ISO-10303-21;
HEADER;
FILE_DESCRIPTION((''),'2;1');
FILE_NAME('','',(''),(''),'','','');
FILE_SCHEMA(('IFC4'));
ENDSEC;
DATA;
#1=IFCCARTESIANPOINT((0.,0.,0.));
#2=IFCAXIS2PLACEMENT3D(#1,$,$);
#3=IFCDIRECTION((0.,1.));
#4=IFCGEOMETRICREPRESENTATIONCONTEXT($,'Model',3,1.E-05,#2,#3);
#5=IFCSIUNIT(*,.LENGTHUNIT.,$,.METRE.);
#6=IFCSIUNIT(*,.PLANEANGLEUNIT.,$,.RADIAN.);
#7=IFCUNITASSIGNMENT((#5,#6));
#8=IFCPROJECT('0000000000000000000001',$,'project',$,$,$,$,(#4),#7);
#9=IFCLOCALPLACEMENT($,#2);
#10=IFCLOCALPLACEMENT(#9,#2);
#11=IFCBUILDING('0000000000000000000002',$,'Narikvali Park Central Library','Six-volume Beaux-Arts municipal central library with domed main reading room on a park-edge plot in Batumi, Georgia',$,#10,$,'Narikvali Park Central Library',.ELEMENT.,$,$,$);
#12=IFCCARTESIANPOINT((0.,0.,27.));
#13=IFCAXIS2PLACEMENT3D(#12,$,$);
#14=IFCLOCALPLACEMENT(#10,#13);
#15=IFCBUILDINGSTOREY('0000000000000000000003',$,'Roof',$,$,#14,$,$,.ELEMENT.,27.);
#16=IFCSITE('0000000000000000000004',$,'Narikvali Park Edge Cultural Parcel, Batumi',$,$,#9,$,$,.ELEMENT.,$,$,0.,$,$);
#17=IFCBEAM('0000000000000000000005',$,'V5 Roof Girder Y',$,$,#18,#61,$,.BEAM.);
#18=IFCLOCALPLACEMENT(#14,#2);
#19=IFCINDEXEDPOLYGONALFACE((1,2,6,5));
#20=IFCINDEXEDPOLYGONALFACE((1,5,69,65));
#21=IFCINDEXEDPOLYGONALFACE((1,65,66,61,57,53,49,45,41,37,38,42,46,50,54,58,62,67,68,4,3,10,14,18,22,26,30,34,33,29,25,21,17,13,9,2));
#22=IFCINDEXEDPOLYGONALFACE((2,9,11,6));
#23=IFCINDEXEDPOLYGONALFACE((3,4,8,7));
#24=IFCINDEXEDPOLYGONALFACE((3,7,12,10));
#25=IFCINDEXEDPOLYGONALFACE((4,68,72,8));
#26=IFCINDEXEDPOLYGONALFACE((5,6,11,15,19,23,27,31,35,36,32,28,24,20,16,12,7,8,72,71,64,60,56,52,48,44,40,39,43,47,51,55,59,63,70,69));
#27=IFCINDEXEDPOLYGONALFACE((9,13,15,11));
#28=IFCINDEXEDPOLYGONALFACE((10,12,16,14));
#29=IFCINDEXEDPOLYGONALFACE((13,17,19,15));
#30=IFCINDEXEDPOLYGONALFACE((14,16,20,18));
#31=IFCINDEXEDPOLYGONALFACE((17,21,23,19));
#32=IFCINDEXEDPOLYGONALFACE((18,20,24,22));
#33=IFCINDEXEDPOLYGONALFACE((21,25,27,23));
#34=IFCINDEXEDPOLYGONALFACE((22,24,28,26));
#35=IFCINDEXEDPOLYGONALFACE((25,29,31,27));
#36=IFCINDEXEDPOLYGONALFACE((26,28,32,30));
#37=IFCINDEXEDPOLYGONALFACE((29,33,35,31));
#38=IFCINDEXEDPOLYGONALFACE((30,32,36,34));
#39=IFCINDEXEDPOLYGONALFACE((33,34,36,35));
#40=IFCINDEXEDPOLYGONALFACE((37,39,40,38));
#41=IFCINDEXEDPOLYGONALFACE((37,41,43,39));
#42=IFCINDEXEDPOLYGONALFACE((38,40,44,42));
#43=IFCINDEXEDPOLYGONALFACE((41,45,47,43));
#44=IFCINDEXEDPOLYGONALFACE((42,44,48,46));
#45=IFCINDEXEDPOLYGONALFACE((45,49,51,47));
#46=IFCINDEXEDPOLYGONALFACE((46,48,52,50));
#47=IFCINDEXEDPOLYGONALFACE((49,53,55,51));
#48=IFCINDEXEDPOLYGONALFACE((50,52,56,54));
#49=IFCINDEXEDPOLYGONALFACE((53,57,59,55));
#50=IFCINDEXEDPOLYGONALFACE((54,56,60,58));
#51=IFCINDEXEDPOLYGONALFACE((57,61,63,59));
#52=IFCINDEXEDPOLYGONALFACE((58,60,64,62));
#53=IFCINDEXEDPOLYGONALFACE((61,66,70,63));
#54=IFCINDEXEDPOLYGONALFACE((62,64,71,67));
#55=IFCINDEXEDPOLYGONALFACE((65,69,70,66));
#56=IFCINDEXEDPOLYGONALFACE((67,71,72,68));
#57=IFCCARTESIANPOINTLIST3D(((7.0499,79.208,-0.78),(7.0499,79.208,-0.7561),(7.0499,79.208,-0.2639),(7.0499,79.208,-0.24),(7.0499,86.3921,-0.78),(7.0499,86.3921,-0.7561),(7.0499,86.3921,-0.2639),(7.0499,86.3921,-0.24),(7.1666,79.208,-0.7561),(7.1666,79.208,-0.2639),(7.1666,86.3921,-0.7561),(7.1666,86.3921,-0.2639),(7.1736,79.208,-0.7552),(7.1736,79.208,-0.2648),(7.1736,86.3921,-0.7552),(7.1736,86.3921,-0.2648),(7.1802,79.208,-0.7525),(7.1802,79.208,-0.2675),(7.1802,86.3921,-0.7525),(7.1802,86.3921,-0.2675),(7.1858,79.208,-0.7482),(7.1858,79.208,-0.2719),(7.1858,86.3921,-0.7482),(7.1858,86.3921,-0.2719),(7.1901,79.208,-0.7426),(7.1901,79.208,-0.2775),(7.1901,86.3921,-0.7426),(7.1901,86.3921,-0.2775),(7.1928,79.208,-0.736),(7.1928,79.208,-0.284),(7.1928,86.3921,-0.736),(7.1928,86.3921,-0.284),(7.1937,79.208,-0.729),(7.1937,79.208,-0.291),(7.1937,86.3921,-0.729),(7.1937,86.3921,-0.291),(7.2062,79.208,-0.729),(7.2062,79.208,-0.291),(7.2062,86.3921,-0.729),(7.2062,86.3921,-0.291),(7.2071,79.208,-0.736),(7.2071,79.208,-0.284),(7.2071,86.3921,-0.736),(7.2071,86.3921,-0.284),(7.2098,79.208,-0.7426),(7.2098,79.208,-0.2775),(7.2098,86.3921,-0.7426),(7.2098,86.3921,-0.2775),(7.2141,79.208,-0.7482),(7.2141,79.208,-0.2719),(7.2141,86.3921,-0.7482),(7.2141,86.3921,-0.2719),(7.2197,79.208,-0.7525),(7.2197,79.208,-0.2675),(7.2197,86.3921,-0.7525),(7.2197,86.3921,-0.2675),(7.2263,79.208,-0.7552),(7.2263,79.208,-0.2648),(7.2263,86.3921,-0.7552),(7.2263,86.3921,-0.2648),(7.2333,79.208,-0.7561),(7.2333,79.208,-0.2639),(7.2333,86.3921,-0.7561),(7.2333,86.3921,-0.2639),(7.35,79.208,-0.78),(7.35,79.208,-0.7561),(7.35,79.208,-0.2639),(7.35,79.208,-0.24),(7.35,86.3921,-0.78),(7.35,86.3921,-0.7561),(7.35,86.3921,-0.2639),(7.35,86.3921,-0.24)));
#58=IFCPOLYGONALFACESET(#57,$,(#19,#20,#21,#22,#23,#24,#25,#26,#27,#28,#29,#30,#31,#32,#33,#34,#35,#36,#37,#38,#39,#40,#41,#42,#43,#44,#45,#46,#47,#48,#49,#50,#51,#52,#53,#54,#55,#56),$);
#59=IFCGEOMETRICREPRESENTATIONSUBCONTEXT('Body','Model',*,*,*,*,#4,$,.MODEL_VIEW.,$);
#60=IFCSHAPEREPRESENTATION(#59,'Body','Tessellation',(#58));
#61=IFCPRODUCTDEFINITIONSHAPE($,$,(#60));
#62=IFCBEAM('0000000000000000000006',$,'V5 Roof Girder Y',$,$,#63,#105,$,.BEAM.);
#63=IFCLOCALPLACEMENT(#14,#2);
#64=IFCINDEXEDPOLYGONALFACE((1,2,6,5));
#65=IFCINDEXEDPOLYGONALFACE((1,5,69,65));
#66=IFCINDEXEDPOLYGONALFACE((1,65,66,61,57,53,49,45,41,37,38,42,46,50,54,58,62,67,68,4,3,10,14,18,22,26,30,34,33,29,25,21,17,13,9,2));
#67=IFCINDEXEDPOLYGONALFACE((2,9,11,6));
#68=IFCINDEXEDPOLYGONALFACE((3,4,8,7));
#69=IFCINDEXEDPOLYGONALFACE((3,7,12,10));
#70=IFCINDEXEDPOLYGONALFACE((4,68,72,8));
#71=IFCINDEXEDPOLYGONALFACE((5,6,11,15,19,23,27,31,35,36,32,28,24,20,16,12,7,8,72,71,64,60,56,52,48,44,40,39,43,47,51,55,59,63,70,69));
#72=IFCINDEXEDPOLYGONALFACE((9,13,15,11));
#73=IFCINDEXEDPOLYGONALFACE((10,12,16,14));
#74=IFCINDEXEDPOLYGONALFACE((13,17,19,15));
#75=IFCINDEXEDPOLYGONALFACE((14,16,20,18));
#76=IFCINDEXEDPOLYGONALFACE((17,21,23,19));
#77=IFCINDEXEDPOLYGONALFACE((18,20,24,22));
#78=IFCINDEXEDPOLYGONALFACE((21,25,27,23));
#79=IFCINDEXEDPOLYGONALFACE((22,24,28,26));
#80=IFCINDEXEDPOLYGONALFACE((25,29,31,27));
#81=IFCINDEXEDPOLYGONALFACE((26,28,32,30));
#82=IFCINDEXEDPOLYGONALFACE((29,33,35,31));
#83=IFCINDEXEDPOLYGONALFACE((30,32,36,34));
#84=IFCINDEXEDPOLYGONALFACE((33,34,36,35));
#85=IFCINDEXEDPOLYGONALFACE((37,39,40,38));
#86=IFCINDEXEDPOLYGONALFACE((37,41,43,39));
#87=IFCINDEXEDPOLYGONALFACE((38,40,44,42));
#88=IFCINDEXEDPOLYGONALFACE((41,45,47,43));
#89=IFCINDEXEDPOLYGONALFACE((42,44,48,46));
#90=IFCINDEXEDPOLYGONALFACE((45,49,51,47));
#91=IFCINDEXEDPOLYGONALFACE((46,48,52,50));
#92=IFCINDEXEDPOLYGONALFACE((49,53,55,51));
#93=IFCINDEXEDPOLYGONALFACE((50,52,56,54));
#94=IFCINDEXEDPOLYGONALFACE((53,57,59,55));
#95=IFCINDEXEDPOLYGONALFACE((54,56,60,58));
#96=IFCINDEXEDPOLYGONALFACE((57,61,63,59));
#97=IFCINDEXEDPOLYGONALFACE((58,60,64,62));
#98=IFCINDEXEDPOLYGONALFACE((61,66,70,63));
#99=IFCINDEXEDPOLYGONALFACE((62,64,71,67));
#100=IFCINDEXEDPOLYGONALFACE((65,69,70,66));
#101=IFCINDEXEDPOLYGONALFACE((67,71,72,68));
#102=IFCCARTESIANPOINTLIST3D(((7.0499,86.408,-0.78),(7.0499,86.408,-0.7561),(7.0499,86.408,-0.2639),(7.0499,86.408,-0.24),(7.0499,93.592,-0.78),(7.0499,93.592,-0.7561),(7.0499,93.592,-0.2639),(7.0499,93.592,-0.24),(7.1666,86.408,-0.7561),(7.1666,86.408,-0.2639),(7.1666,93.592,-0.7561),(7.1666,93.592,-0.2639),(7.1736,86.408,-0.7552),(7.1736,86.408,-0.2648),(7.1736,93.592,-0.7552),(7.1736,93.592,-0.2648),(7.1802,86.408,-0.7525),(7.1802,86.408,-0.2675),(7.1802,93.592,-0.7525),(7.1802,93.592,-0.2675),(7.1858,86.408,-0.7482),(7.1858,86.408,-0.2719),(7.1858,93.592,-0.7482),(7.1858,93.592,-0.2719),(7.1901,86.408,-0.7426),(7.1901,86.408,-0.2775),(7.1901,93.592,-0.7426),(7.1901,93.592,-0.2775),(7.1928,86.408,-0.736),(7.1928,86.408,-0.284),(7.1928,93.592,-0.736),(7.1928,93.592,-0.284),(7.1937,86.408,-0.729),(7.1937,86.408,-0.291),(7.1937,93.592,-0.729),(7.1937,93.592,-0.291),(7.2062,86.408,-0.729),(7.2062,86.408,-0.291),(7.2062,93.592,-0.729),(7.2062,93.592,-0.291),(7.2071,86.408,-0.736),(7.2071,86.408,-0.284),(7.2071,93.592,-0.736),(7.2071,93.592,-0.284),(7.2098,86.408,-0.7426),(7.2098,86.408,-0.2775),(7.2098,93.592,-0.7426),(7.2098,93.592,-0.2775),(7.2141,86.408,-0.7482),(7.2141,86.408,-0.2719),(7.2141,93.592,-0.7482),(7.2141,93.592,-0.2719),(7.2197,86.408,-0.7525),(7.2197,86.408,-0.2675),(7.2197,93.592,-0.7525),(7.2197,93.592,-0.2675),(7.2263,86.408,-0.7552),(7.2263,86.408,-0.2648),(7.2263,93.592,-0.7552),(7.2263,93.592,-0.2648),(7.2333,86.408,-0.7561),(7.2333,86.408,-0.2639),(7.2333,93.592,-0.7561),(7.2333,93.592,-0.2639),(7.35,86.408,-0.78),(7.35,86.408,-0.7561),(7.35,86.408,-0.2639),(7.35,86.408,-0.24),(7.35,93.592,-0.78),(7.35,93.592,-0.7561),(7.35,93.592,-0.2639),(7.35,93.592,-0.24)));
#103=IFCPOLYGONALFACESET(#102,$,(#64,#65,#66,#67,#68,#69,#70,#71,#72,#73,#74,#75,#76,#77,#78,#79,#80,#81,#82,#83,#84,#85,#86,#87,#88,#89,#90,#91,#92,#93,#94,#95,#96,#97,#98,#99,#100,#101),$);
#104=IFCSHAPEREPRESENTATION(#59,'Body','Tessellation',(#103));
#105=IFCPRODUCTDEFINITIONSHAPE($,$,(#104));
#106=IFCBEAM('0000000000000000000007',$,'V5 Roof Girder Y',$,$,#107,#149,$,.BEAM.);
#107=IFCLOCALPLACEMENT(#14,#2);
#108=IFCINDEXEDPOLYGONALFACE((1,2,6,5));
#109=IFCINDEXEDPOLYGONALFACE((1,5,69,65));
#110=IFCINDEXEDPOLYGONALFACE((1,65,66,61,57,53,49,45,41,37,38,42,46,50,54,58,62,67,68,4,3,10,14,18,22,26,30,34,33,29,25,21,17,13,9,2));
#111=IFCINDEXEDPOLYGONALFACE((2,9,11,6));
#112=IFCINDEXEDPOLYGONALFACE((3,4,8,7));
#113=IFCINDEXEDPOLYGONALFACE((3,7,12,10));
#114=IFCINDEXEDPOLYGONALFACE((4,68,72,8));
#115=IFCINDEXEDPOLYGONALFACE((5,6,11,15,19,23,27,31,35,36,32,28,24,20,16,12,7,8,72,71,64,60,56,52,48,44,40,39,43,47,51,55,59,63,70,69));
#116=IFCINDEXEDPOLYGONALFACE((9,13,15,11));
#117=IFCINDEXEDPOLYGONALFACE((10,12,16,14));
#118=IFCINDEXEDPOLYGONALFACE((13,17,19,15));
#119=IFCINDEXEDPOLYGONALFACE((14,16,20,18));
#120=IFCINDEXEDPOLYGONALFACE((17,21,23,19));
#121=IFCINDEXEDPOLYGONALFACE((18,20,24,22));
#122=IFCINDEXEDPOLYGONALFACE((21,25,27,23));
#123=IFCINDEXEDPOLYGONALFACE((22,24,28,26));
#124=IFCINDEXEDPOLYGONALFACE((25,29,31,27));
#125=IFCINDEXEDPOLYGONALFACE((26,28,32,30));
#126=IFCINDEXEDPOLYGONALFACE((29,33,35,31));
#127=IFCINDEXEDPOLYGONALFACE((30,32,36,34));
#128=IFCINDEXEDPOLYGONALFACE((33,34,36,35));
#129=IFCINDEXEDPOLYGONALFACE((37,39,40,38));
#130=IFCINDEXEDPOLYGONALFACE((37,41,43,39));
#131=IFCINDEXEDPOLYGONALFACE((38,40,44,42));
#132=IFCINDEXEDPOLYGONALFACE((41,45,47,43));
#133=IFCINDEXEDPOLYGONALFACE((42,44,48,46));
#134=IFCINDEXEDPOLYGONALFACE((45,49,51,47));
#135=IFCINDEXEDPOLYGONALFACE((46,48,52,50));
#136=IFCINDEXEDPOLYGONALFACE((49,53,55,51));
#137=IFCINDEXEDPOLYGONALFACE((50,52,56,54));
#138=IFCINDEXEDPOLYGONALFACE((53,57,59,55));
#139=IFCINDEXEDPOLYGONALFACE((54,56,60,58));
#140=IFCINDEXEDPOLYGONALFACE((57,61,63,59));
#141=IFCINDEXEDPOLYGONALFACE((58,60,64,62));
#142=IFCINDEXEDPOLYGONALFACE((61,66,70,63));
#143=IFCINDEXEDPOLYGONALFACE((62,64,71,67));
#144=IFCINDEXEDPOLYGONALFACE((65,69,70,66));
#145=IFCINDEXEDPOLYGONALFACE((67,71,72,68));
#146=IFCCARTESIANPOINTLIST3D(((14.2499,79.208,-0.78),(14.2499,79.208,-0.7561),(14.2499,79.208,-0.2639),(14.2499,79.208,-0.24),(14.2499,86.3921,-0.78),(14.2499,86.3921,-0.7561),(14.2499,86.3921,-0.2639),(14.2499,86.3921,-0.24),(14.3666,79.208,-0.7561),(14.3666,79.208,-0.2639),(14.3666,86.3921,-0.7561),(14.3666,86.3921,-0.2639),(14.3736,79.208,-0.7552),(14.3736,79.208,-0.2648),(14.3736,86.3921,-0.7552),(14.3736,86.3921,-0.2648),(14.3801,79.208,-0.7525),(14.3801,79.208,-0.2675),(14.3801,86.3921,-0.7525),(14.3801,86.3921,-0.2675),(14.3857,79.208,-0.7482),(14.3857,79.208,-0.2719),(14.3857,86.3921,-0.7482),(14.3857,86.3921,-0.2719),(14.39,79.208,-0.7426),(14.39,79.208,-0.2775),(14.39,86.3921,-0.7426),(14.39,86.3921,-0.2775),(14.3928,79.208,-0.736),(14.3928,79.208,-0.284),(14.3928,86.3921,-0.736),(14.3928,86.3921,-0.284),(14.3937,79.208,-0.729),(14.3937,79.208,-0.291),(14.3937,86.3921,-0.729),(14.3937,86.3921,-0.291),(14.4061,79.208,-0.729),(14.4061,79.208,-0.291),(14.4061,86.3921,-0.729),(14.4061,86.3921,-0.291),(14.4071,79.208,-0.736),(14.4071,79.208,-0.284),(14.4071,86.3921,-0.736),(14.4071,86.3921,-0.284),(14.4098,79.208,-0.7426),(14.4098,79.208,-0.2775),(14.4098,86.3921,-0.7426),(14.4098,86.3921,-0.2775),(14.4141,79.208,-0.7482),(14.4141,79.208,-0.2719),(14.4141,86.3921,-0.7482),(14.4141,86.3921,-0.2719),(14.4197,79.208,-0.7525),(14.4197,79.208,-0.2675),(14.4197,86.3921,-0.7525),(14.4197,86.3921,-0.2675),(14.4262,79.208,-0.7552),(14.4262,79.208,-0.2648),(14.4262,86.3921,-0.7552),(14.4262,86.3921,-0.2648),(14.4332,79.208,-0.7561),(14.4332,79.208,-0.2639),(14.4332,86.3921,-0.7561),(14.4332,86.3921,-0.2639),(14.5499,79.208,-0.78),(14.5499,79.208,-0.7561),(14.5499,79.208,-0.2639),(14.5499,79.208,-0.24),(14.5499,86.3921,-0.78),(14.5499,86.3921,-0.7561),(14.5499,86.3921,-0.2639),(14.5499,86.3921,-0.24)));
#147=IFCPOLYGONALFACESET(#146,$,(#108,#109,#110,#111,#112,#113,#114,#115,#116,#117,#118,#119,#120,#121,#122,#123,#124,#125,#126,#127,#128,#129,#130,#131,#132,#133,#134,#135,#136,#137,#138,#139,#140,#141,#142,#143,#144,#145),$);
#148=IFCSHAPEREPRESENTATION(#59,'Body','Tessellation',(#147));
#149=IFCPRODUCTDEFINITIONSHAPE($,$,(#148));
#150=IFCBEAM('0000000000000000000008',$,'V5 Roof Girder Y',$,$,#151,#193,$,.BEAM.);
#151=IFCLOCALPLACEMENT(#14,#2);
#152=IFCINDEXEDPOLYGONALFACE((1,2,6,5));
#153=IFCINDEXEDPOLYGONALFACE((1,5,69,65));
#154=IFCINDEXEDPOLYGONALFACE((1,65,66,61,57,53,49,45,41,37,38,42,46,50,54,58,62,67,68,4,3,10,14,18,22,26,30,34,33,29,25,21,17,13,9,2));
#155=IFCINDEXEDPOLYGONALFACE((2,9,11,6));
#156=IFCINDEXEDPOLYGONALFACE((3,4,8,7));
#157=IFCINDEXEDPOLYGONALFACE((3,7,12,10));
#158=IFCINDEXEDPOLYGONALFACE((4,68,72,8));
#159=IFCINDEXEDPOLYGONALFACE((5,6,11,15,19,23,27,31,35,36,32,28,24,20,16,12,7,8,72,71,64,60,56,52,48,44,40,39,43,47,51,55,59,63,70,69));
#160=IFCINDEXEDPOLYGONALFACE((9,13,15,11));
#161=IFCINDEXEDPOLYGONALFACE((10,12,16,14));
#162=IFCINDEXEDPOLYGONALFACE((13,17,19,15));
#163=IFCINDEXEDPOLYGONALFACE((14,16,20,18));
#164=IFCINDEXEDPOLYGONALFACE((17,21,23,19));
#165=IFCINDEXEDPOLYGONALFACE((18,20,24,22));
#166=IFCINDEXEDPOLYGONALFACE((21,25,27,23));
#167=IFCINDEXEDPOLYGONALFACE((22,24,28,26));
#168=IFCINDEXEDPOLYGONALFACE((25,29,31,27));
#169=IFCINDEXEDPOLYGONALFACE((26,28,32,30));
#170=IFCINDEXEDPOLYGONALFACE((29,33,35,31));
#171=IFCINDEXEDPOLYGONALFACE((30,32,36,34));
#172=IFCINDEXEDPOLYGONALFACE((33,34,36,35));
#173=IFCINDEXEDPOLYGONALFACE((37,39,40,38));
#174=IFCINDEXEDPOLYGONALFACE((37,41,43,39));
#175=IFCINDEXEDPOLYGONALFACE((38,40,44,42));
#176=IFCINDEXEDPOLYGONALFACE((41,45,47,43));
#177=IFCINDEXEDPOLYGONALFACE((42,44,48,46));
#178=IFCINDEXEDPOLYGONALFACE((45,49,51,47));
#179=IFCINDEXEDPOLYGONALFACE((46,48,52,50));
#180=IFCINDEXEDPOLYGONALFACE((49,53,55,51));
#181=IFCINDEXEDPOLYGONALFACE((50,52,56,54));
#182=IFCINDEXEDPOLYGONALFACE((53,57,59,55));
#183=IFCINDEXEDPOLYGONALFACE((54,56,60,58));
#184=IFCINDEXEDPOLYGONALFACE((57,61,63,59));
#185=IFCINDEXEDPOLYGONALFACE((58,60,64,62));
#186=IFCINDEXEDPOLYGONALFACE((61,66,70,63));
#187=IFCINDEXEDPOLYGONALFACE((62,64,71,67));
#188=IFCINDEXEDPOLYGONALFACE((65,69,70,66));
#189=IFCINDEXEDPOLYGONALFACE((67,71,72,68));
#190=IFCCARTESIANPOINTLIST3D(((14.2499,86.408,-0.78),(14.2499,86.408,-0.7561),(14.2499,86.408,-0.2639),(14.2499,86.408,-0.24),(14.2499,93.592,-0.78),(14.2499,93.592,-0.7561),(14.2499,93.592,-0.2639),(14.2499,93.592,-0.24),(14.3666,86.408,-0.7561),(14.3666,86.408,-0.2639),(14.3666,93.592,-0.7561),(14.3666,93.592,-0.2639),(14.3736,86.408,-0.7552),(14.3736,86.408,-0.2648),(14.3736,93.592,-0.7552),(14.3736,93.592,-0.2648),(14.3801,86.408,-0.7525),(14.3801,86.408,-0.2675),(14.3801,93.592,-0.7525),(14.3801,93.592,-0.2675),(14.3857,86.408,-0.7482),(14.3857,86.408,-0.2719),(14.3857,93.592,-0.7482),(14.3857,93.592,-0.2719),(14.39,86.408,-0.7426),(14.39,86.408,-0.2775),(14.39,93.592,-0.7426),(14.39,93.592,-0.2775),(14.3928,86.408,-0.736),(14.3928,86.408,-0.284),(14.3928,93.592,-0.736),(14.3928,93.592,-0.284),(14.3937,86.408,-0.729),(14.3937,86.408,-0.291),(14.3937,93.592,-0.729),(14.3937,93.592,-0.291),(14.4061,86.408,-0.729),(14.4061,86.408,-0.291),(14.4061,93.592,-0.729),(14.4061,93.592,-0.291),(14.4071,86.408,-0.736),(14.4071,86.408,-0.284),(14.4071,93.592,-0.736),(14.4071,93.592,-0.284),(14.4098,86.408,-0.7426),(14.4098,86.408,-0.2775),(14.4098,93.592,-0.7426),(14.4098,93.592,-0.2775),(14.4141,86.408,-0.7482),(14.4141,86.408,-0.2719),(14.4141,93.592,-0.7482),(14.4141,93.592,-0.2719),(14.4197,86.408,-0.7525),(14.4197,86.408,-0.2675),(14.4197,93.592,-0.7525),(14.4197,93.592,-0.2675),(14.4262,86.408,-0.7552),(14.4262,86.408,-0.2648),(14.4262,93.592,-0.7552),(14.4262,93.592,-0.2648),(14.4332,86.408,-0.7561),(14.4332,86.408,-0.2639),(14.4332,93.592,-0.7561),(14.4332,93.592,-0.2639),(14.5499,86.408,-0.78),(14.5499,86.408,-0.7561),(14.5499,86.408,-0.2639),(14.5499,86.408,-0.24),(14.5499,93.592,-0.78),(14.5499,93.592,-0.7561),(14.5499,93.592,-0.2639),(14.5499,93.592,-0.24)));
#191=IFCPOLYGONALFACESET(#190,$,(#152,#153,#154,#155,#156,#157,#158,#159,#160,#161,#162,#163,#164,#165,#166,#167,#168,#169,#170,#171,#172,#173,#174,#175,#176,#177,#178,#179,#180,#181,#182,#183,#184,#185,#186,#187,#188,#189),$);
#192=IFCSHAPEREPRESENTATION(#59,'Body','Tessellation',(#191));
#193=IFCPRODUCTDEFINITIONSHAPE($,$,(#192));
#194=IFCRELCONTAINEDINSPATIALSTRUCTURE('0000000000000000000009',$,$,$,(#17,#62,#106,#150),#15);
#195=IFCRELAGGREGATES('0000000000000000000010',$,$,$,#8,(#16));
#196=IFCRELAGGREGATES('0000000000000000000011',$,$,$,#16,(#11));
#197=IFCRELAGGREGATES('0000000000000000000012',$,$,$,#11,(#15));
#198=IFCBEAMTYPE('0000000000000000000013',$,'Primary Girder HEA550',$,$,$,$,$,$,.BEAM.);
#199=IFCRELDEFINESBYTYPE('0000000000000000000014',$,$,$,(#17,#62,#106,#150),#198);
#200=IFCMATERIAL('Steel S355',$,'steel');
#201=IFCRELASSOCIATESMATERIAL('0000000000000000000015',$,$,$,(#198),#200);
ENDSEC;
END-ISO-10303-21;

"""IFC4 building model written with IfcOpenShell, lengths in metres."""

from ifc_helpers import new_model, si_unit, direction, frame, origin, origin_2d, place, context, subcontext, project, spatial, i_section, extrude, material, material_profile, profile_set, type_object, element, save


model = new_model("IFC4")

# Units and contexts
model_context = context("Model", 3, precision=1e-05, world=origin(), true_north=direction((0.0, 1.0)))
body_context = subcontext(model_context, "Body", "Model", "MODEL_VIEW")
ifc_project = project(units=[si_unit("LENGTHUNIT", "METRE"), si_unit("PLANEANGLEUNIT", "RADIAN")], contexts=[model_context])

# Site, building, storey
site_placement = place(None, origin())
site = spatial("IfcSite", under=ifc_project, at=site_placement, Name="Narikvali Park Edge Cultural Parcel, Batumi", CompositionType="ELEMENT", RefElevation=0.0)
building_placement = place(site_placement, origin())
building = spatial("IfcBuilding", under=site, at=building_placement, Name="Narikvali Park Central Library", Description="Six-volume Beaux-Arts municipal central library with domed main reading room on a park-edge plot in Batumi, Georgia", LongName="Narikvali Park Central Library", CompositionType="ELEMENT")
storey_placement = place(building_placement, frame((0.0, 0.0, 27.0)))
storey = spatial("IfcBuildingStorey", under=building, at=storey_placement, Name="Roof", CompositionType="ELEMENT", Elevation=27.0)

# Beams
ifc_material = material(Name="Steel S355", Category="steel")
ifc_material_profile_1 = material_profile(ifc_material, i_section(OverallWidth=0.3, OverallDepth=0.54, WebThickness=0.0125, FlangeThickness=0.0239, FilletRadius=0.0271, at=origin_2d()), Name="HEA 550")
ifc_profile_set_1 = profile_set([ifc_material_profile_1], Name="Steel S355")
beam_type_1 = type_object("IfcBeamType", Name="Primary Girder HEA550", PredefinedType="BEAM", material=ifc_profile_set_1)
for number, where, z_axis, x_axis, name in (
    (1, (7.2, 79.208, -0.51), (0.0, 1.0, 0.0), (-1.0, 0.0, 0.0), "V5 Roof Girder Y"),
    (2, (7.2, 86.408, -0.51), (0.0, 1.0, 0.0), (-1.0, 0.0, 0.0), "V5 Roof Girder Y"),
    (3, (14.3999, 79.208, -0.51), (0.0, 1.0, 0.0), (-1.0, 0.0, 0.0), "V5 Roof Girder Y"),
    (4, (14.3999, 86.408, -0.51), (0.0, 1.0, 0.0), (-1.0, 0.0, 0.0), "V5 Roof Girder Y"),
):
    element("IfcBeam", number, at=place(storey_placement, frame(where, z_axis=z_axis, x_axis=x_axis)), inside=storey, type_object=beam_type_1, Name=name, PredefinedType="BEAM", context=body_context, shape_type="SweptSolid", body=[
        extrude(i_section(OverallWidth=0.3, OverallDepth=0.54, WebThickness=0.0125, FlangeThickness=0.0239, FilletRadius=0.0271, at=origin_2d()), origin(), (0.0, 0.0, 1.0), 7.1841),
    ])

save(model, "model.ifc")
